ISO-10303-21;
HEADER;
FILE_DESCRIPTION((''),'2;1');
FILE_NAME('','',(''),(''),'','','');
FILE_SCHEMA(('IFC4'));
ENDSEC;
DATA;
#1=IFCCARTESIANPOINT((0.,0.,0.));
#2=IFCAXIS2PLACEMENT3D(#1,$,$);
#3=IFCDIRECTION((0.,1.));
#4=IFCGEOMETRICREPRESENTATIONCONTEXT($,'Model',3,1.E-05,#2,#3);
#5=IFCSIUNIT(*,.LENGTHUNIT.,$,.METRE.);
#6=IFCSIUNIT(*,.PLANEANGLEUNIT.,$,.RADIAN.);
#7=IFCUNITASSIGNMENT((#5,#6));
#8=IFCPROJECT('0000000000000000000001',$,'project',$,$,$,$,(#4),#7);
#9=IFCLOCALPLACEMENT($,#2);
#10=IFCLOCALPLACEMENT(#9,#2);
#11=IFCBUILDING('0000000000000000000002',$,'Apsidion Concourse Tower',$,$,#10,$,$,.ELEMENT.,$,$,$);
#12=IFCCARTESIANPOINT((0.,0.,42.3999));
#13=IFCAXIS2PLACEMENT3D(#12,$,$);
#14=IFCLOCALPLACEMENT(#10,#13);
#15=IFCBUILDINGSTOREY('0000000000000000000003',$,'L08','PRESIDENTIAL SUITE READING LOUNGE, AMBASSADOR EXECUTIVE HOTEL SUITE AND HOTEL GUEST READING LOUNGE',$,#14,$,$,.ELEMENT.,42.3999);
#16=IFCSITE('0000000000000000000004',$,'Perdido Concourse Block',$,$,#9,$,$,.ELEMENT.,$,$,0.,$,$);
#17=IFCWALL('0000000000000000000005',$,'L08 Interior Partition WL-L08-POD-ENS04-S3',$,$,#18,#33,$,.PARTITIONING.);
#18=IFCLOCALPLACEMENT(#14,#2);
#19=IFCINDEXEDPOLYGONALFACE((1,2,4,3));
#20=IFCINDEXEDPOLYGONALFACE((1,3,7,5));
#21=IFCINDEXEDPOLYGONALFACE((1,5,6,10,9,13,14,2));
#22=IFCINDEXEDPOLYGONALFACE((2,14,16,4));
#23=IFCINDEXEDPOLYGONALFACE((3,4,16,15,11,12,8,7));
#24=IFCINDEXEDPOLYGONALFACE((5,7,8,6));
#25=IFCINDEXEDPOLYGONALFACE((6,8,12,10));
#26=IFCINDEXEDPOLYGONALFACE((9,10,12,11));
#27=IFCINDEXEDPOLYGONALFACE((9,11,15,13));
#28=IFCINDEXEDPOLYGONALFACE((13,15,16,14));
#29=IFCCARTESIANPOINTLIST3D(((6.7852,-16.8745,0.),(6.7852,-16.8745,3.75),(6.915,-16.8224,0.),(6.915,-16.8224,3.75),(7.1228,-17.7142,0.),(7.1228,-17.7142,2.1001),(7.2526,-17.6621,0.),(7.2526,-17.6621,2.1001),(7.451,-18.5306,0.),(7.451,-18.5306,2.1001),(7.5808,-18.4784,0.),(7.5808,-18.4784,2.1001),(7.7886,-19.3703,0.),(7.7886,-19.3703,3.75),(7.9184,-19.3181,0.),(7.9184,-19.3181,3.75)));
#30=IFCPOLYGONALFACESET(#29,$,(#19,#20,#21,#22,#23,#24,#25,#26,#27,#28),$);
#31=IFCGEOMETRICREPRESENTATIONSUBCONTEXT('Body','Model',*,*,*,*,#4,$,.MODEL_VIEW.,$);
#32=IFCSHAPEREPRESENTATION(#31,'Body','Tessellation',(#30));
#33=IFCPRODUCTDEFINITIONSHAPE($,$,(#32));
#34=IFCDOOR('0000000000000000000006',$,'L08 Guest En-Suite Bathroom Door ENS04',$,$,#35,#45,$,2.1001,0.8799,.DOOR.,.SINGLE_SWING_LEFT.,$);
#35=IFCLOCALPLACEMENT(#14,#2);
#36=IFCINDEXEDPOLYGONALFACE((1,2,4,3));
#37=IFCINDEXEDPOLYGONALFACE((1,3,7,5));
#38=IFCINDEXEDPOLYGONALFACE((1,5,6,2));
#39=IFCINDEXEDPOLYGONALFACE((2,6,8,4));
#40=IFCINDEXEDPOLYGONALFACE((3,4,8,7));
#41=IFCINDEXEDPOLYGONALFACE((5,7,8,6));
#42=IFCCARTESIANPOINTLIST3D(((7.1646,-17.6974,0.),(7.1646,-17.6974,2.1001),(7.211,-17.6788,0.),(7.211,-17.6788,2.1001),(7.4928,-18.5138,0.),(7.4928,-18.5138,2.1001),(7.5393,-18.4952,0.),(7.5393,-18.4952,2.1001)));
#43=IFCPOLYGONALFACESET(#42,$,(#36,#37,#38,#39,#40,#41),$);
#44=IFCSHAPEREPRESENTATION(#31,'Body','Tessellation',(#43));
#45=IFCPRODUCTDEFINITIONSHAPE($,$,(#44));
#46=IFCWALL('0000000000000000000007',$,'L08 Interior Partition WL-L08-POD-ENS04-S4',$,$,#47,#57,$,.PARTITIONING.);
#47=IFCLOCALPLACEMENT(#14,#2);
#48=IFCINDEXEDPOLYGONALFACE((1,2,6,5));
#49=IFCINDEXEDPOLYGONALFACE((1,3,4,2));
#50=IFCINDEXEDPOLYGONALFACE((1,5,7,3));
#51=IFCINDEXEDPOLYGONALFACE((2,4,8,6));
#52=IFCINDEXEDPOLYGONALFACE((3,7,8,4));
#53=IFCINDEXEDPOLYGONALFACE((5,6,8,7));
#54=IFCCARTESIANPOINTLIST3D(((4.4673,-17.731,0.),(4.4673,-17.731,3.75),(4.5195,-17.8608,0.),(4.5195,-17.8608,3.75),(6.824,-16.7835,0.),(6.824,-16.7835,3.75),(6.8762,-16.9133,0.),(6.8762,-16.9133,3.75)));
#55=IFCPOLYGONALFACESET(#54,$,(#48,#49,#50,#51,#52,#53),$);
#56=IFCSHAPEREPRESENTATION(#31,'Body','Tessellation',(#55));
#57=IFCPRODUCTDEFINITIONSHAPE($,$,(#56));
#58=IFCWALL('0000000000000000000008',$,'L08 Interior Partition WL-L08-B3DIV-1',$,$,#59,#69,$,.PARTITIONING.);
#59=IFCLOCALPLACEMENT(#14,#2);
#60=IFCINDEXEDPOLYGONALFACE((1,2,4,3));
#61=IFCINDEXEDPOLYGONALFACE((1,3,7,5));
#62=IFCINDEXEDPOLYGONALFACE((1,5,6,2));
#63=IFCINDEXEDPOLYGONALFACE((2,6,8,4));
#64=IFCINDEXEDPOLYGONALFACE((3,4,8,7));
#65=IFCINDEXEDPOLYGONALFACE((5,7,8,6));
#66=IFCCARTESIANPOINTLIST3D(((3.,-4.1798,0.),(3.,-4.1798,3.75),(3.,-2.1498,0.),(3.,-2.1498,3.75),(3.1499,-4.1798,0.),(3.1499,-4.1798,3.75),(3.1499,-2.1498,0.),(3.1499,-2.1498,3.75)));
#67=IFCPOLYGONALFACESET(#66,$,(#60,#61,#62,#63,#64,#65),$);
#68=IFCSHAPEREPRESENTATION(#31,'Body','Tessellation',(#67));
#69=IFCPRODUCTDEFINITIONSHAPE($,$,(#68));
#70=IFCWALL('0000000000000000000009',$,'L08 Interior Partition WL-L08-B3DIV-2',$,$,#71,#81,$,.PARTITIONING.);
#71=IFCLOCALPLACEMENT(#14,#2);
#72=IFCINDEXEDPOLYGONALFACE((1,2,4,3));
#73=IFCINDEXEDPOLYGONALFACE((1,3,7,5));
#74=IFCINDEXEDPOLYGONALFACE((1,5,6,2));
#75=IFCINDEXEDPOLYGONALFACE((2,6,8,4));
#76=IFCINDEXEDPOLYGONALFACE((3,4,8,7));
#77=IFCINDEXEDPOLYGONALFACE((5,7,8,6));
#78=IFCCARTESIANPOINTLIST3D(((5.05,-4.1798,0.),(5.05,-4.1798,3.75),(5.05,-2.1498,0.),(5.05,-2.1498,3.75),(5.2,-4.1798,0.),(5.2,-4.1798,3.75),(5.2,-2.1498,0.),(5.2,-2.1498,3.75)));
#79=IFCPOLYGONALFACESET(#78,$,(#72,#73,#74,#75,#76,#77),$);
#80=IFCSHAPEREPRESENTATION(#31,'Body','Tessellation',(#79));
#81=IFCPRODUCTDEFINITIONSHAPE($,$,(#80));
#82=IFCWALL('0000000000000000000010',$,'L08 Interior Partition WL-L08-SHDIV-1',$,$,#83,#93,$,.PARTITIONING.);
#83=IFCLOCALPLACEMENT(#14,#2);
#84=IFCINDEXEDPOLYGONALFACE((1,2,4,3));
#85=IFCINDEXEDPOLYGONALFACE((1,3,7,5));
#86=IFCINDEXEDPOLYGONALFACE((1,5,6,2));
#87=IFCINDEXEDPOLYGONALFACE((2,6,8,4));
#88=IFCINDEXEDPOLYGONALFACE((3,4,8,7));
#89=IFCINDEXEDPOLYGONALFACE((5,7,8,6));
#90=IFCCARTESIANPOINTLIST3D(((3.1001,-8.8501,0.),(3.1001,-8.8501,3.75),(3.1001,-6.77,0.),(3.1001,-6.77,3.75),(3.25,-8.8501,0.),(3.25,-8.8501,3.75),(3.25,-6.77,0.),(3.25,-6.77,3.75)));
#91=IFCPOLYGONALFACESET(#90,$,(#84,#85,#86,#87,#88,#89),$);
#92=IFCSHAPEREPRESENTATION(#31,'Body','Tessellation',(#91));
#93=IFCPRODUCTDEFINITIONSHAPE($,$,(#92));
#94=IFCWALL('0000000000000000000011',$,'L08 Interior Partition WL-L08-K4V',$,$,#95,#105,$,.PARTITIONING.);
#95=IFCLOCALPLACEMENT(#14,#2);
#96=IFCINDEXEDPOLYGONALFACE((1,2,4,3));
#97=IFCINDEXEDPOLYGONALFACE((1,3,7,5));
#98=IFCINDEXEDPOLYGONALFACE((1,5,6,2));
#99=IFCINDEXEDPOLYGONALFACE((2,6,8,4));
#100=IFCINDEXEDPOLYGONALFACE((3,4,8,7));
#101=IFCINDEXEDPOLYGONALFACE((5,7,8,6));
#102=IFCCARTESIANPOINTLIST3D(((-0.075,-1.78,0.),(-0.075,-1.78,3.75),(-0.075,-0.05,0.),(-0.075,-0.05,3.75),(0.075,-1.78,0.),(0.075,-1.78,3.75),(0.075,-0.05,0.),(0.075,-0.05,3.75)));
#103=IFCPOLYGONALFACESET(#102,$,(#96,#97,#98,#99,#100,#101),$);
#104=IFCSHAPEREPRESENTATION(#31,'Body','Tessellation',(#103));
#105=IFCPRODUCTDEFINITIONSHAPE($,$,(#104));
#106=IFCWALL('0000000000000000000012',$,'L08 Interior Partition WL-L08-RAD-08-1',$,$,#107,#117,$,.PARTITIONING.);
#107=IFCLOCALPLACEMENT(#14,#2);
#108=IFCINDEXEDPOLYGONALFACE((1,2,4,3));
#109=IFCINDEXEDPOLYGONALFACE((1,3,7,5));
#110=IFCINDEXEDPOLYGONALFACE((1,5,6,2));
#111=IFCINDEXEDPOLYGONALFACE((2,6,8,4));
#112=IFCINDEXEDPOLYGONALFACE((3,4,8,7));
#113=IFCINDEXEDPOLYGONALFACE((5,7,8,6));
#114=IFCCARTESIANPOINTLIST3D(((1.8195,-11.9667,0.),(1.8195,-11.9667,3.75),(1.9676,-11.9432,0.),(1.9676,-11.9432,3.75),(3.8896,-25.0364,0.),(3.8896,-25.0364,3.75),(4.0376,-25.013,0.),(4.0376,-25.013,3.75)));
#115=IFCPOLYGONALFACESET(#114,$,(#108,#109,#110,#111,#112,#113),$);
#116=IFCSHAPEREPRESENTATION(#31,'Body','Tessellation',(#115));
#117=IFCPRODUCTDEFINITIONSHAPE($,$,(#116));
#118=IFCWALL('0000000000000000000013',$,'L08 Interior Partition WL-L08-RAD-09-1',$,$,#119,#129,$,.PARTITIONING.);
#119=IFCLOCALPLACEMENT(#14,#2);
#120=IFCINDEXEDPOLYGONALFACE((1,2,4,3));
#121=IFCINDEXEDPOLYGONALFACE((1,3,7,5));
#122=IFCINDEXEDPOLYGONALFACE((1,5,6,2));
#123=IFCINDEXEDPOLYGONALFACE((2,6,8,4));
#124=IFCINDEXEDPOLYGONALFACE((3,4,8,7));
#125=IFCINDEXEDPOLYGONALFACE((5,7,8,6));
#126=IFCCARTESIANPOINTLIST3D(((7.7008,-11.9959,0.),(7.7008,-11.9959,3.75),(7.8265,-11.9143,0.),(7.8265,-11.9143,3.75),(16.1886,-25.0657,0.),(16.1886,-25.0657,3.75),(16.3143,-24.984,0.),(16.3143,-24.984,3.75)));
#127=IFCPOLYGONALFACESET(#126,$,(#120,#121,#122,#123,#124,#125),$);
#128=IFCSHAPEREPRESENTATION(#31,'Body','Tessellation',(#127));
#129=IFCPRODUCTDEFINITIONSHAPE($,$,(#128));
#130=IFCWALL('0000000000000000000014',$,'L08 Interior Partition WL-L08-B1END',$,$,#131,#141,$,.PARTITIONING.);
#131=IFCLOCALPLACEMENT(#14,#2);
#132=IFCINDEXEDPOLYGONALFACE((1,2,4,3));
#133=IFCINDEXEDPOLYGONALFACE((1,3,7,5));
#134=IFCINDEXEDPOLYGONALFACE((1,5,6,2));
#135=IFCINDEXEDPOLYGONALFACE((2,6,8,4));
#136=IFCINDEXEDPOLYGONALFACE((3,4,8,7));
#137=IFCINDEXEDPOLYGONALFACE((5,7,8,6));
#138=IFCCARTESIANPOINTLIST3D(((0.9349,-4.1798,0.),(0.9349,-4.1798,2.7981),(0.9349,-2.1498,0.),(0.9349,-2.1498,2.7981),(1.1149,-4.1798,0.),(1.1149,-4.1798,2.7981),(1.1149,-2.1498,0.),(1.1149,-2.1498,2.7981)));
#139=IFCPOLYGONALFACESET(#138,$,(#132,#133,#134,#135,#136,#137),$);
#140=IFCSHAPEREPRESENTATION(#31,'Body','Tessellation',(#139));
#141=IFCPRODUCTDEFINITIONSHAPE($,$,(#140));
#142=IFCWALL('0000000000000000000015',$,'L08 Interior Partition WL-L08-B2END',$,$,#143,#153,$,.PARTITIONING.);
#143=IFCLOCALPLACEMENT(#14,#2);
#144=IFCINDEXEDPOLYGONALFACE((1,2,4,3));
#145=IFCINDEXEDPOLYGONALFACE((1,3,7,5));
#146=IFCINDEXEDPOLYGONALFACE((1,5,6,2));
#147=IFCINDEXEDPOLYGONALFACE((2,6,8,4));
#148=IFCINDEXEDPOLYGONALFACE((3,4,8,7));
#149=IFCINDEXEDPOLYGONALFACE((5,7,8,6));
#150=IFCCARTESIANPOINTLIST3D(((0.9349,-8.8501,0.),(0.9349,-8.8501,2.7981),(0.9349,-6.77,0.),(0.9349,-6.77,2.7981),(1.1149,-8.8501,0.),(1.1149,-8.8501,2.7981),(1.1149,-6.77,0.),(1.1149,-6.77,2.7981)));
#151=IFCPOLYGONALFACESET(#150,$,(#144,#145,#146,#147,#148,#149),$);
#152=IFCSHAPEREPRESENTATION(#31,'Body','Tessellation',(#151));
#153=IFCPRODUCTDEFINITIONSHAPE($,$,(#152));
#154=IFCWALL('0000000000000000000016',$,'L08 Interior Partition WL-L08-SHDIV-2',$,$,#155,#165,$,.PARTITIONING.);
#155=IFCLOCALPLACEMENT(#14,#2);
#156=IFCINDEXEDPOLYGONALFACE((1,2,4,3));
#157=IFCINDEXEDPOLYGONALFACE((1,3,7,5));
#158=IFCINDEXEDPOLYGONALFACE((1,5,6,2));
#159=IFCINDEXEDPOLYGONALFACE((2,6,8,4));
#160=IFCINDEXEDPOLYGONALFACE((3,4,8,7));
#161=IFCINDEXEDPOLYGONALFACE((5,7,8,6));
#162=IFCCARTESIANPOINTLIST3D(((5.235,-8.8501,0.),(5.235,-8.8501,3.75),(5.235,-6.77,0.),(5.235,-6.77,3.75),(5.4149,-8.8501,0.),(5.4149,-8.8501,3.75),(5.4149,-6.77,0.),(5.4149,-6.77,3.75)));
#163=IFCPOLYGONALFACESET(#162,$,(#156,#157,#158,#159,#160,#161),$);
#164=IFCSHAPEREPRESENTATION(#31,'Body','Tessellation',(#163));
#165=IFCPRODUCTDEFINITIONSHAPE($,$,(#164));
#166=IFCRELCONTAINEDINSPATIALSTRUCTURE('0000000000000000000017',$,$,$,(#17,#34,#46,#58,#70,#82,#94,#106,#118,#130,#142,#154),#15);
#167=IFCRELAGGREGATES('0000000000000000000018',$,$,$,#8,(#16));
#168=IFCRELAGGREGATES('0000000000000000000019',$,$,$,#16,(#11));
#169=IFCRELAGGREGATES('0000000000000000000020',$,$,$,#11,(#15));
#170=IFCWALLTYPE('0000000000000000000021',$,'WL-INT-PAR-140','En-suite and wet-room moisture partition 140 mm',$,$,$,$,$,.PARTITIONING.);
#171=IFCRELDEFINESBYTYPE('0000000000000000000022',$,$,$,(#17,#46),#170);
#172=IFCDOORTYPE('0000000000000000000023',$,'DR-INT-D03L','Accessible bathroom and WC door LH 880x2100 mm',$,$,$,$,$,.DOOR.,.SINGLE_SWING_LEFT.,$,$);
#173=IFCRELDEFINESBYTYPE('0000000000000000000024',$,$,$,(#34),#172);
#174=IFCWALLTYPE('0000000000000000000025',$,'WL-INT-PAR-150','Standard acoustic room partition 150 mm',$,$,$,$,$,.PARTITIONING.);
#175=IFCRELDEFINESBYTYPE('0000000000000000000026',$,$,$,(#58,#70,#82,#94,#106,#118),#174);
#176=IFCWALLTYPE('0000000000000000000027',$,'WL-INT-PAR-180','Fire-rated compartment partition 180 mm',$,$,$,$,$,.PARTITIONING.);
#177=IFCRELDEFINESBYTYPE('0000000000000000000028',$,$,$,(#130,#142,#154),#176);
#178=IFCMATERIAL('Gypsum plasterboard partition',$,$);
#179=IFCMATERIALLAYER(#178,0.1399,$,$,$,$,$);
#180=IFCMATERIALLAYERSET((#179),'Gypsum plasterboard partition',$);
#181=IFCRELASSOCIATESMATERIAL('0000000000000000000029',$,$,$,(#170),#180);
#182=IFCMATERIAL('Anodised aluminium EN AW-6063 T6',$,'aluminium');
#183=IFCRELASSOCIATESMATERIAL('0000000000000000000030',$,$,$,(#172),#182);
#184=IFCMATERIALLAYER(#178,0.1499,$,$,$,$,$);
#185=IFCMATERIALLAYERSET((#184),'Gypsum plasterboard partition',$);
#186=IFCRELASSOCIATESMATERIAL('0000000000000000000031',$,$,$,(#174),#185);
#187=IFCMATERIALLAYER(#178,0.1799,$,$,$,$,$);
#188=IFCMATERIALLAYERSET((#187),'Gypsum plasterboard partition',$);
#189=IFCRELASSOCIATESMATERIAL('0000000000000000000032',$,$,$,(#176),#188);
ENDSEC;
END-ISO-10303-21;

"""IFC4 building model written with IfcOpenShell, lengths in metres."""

from ifc_helpers import new_model, si_unit, direction, frame, frame_2d, origin, place, context, subcontext, project, spatial, rectangle, extrude, material, layer, layer_set, type_object, element, fill, save


model = new_model("IFC4")

# Units and contexts
model_context = context("Model", 3, precision=1e-05, world=origin(), true_north=direction((0.0, 1.0)))
body_context = subcontext(model_context, "Body", "Model", "MODEL_VIEW")
ifc_project = project(units=[si_unit("LENGTHUNIT", "METRE"), si_unit("PLANEANGLEUNIT", "RADIAN")], contexts=[model_context])

# Site, building, storey
site_placement = place(None, origin())
site = spatial("IfcSite", under=ifc_project, at=site_placement, Name="Perdido Concourse Block", CompositionType="ELEMENT", RefElevation=0.0)
building_placement = place(site_placement, origin())
building = spatial("IfcBuilding", under=site, at=building_placement, Name="Apsidion Concourse Tower", CompositionType="ELEMENT")
storey_placement = place(building_placement, frame((0.0, 0.0, 42.3999)))
storey = spatial("IfcBuildingStorey", under=building, at=storey_placement, Name="L08", Description="PRESIDENTIAL SUITE READING LOUNGE, AMBASSADOR EXECUTIVE HOTEL SUITE AND HOTEL GUEST READING LOUNGE", CompositionType="ELEMENT", Elevation=42.3999)

# Shared definitions
ifc_material_1 = material(Name="Gypsum plasterboard partition")
ifc_layer_1 = layer(ifc_material_1, 0.1399)
ifc_layer_set_1 = layer_set([ifc_layer_1], Name="Gypsum plasterboard partition")
wall_type_1 = type_object("IfcWallType", Name="WL-INT-PAR-140", Description="En-suite and wet-room moisture partition 140 mm", PredefinedType="PARTITIONING", material=ifc_layer_set_1)

# Wall, opening, door
wall_1_placement = place(storey_placement, frame((7.8535, -19.3442, 0.0), z_axis=(0.0, 0.0, 1.0), x_axis=(-0.373017, 0.927824, 0.0)))
wall_1 = element("IfcWall", 1, at=wall_1_placement, inside=storey, type_object=wall_type_1, Name="L08 Interior Partition WL-L08-POD-ENS04-S3", PredefinedType="PARTITIONING", context=body_context, shape_type="SweptSolid", body=[
    extrude(rectangle(XDim=2.6899, YDim=0.1399, at=frame_2d((1.345, 0.0))), origin(), (0.0, 0.0, 1.0), 3.75),
])
opening_1_placement = place(wall_1_placement, frame((0.905, 0.0, 0.0)))
opening_1 = element("IfcOpeningElement", 2, at=opening_1_placement, cuts=wall_1, PredefinedType="OPENING", context=body_context, shape_type="SweptSolid", body=[
    extrude(rectangle(XDim=0.8799, YDim=2.1001, at=frame_2d((0.4399, 1.05))), frame((0.0, 0.0801, 0.0), z_axis=(0.0, -1.0, 0.0), x_axis=(1.0, 0.0, 0.0)), (0.0, 0.0, 1.0), 0.1599),
])
ifc_material_2 = material(Name="Anodised aluminium EN AW-6063 T6", Category="aluminium")
door_type_1 = type_object("IfcDoorType", Name="DR-INT-D03L", Description="Accessible bathroom and WC door LH 880x2100 mm", OperationType="SINGLE_SWING_LEFT", PredefinedType="DOOR", material=ifc_material_2)
door_1_placement = place(opening_1_placement, origin())
door_1 = element("IfcDoor", 3, at=door_1_placement, inside=storey, type_object=door_type_1, Name="L08 Guest En-Suite Bathroom Door ENS04", OperationType="SINGLE_SWING_LEFT", OverallHeight=2.1001, OverallWidth=0.8799, PredefinedType="DOOR", context=body_context, shape_type="SweptSolid", body=[
    extrude(rectangle(XDim=0.8799, YDim=2.1001, at=frame_2d((0.4399, 1.05))), frame((0.0, 0.0249, 0.0), z_axis=(0.0, -1.0, 0.0), x_axis=(1.0, 0.0, 0.0)), (0.0, 0.0, 1.0), 0.05),
])
fill(opening_1, door_1)

# Walls
wall_2_placement = place(storey_placement, frame((6.8501, -16.8484, 0.0), z_axis=(0.0, 0.0, 1.0), x_axis=(-0.927819, -0.373031, 0.0)))
element("IfcWall", 4, at=wall_2_placement, inside=storey, type_object=wall_type_1, Name="L08 Interior Partition WL-L08-POD-ENS04-S4", PredefinedType="PARTITIONING", context=body_context, shape_type="SweptSolid", body=[
    extrude(rectangle(XDim=2.54, YDim=0.1399, at=frame_2d((1.27, 0.0))), origin(), (0.0, 0.0, 1.0), 3.75),
])
ifc_layer_2 = layer(ifc_material_1, 0.1499)
ifc_layer_set_2 = layer_set([ifc_layer_2], Name="Gypsum plasterboard partition")
wall_type_2 = type_object("IfcWallType", Name="WL-INT-PAR-150", Description="Standard acoustic room partition 150 mm", PredefinedType="PARTITIONING", material=ifc_layer_set_2)
for number, where, z_axis, x_axis, name in (
    (5, (3.075, -4.1799, 0.0), (0.0, 0.0, 1.0), (0.0, 1.0, 0.0), "L08 Interior Partition WL-L08-B3DIV-1"),
    (6, (5.125, -4.1799, 0.0), (0.0, 0.0, 1.0), (0.0, 1.0, 0.0), "L08 Interior Partition WL-L08-B3DIV-2"),
):
    element("IfcWall", number, at=place(storey_placement, frame(where, z_axis=z_axis, x_axis=x_axis)), inside=storey, type_object=wall_type_2, Name=name, PredefinedType="PARTITIONING", context=body_context, shape_type="SweptSolid", body=[
        extrude(rectangle(XDim=2.03, YDim=0.1499, at=frame_2d((1.0151, 0.0))), origin(), (0.0, 0.0, 1.0), 3.75),
    ])
wall_3_placement = place(storey_placement, frame((3.175, -8.8501, 0.0), z_axis=(0.0, 0.0, 1.0), x_axis=(0.0, 1.0, 0.0)))
element("IfcWall", 7, at=wall_3_placement, inside=storey, type_object=wall_type_2, Name="L08 Interior Partition WL-L08-SHDIV-1", PredefinedType="PARTITIONING", context=body_context, shape_type="SweptSolid", body=[
    extrude(rectangle(XDim=2.0801, YDim=0.1499, at=frame_2d((1.04, 0.0))), origin(), (0.0, 0.0, 1.0), 3.75),
])
wall_4_placement = place(storey_placement, frame((0.0, -1.78, 0.0), z_axis=(0.0, 0.0, 1.0), x_axis=(0.0, 1.0, 0.0)))
element("IfcWall", 8, at=wall_4_placement, inside=storey, type_object=wall_type_2, Name="L08 Interior Partition WL-L08-K4V", PredefinedType="PARTITIONING", context=body_context, shape_type="SweptSolid", body=[
    extrude(rectangle(XDim=1.73, YDim=0.1499, at=frame_2d((0.865, 0.0))), origin(), (0.0, 0.0, 1.0), 3.75),
])
wall_5_placement = place(storey_placement, frame((1.8936, -11.9551, 0.0), z_axis=(0.0, 0.0, 1.0), x_axis=(0.156435, -0.987688, 0.0)))
element("IfcWall", 9, at=wall_5_placement, inside=storey, type_object=wall_type_2, Name="L08 Interior Partition WL-L08-RAD-08-1", PredefinedType="PARTITIONING", context=body_context, shape_type="SweptSolid", body=[
    extrude(rectangle(XDim=13.2327, YDim=0.1499, at=frame_2d((6.6162, 0.0))), origin(), (0.0, 0.0, 1.0), 3.75),
])
wall_6_placement = place(storey_placement, frame((7.7637, -11.9551, 0.0), z_axis=(0.0, 0.0, 1.0), x_axis=(0.544646, -0.838666, 0.0)))
element("IfcWall", 10, at=wall_6_placement, inside=storey, type_object=wall_type_2, Name="L08 Interior Partition WL-L08-RAD-09-1", PredefinedType="PARTITIONING", context=body_context, shape_type="SweptSolid", body=[
    extrude(rectangle(XDim=15.584, YDim=0.1499, at=frame_2d((7.792, 0.0))), origin(), (0.0, 0.0, 1.0), 3.75),
])
ifc_layer_3 = layer(ifc_material_1, 0.1799)
ifc_layer_set_3 = layer_set([ifc_layer_3], Name="Gypsum plasterboard partition")
wall_type_3 = type_object("IfcWallType", Name="WL-INT-PAR-180", Description="Fire-rated compartment partition 180 mm", PredefinedType="PARTITIONING", material=ifc_layer_set_3)
wall_7_placement = place(storey_placement, frame((1.0249, -4.1799, 0.0), z_axis=(0.0, 0.0, 1.0), x_axis=(0.0, 1.0, 0.0)))
element("IfcWall", 11, at=wall_7_placement, inside=storey, type_object=wall_type_3, Name="L08 Interior Partition WL-L08-B1END", PredefinedType="PARTITIONING", context=body_context, shape_type="SweptSolid", body=[
    extrude(rectangle(XDim=2.03, YDim=0.1799, at=frame_2d((1.0151, 0.0))), origin(), (0.0, 0.0, 1.0), 2.7981),
])
wall_8_placement = place(storey_placement, frame((1.0249, -8.8501, 0.0), z_axis=(0.0, 0.0, 1.0), x_axis=(0.0, 1.0, 0.0)))
element("IfcWall", 12, at=wall_8_placement, inside=storey, type_object=wall_type_3, Name="L08 Interior Partition WL-L08-B2END", PredefinedType="PARTITIONING", context=body_context, shape_type="SweptSolid", body=[
    extrude(rectangle(XDim=2.0801, YDim=0.1799, at=frame_2d((1.04, 0.0))), origin(), (0.0, 0.0, 1.0), 2.7981),
])
wall_9_placement = place(storey_placement, frame((5.325, -8.8501, 0.0), z_axis=(0.0, 0.0, 1.0), x_axis=(0.0, 1.0, 0.0)))
element("IfcWall", 13, at=wall_9_placement, inside=storey, type_object=wall_type_3, Name="L08 Interior Partition WL-L08-SHDIV-2", PredefinedType="PARTITIONING", context=body_context, shape_type="SweptSolid", body=[
    extrude(rectangle(XDim=2.0801, YDim=0.1799, at=frame_2d((1.04, 0.0))), origin(), (0.0, 0.0, 1.0), 3.75),
])

save(model, "model.ifc")
